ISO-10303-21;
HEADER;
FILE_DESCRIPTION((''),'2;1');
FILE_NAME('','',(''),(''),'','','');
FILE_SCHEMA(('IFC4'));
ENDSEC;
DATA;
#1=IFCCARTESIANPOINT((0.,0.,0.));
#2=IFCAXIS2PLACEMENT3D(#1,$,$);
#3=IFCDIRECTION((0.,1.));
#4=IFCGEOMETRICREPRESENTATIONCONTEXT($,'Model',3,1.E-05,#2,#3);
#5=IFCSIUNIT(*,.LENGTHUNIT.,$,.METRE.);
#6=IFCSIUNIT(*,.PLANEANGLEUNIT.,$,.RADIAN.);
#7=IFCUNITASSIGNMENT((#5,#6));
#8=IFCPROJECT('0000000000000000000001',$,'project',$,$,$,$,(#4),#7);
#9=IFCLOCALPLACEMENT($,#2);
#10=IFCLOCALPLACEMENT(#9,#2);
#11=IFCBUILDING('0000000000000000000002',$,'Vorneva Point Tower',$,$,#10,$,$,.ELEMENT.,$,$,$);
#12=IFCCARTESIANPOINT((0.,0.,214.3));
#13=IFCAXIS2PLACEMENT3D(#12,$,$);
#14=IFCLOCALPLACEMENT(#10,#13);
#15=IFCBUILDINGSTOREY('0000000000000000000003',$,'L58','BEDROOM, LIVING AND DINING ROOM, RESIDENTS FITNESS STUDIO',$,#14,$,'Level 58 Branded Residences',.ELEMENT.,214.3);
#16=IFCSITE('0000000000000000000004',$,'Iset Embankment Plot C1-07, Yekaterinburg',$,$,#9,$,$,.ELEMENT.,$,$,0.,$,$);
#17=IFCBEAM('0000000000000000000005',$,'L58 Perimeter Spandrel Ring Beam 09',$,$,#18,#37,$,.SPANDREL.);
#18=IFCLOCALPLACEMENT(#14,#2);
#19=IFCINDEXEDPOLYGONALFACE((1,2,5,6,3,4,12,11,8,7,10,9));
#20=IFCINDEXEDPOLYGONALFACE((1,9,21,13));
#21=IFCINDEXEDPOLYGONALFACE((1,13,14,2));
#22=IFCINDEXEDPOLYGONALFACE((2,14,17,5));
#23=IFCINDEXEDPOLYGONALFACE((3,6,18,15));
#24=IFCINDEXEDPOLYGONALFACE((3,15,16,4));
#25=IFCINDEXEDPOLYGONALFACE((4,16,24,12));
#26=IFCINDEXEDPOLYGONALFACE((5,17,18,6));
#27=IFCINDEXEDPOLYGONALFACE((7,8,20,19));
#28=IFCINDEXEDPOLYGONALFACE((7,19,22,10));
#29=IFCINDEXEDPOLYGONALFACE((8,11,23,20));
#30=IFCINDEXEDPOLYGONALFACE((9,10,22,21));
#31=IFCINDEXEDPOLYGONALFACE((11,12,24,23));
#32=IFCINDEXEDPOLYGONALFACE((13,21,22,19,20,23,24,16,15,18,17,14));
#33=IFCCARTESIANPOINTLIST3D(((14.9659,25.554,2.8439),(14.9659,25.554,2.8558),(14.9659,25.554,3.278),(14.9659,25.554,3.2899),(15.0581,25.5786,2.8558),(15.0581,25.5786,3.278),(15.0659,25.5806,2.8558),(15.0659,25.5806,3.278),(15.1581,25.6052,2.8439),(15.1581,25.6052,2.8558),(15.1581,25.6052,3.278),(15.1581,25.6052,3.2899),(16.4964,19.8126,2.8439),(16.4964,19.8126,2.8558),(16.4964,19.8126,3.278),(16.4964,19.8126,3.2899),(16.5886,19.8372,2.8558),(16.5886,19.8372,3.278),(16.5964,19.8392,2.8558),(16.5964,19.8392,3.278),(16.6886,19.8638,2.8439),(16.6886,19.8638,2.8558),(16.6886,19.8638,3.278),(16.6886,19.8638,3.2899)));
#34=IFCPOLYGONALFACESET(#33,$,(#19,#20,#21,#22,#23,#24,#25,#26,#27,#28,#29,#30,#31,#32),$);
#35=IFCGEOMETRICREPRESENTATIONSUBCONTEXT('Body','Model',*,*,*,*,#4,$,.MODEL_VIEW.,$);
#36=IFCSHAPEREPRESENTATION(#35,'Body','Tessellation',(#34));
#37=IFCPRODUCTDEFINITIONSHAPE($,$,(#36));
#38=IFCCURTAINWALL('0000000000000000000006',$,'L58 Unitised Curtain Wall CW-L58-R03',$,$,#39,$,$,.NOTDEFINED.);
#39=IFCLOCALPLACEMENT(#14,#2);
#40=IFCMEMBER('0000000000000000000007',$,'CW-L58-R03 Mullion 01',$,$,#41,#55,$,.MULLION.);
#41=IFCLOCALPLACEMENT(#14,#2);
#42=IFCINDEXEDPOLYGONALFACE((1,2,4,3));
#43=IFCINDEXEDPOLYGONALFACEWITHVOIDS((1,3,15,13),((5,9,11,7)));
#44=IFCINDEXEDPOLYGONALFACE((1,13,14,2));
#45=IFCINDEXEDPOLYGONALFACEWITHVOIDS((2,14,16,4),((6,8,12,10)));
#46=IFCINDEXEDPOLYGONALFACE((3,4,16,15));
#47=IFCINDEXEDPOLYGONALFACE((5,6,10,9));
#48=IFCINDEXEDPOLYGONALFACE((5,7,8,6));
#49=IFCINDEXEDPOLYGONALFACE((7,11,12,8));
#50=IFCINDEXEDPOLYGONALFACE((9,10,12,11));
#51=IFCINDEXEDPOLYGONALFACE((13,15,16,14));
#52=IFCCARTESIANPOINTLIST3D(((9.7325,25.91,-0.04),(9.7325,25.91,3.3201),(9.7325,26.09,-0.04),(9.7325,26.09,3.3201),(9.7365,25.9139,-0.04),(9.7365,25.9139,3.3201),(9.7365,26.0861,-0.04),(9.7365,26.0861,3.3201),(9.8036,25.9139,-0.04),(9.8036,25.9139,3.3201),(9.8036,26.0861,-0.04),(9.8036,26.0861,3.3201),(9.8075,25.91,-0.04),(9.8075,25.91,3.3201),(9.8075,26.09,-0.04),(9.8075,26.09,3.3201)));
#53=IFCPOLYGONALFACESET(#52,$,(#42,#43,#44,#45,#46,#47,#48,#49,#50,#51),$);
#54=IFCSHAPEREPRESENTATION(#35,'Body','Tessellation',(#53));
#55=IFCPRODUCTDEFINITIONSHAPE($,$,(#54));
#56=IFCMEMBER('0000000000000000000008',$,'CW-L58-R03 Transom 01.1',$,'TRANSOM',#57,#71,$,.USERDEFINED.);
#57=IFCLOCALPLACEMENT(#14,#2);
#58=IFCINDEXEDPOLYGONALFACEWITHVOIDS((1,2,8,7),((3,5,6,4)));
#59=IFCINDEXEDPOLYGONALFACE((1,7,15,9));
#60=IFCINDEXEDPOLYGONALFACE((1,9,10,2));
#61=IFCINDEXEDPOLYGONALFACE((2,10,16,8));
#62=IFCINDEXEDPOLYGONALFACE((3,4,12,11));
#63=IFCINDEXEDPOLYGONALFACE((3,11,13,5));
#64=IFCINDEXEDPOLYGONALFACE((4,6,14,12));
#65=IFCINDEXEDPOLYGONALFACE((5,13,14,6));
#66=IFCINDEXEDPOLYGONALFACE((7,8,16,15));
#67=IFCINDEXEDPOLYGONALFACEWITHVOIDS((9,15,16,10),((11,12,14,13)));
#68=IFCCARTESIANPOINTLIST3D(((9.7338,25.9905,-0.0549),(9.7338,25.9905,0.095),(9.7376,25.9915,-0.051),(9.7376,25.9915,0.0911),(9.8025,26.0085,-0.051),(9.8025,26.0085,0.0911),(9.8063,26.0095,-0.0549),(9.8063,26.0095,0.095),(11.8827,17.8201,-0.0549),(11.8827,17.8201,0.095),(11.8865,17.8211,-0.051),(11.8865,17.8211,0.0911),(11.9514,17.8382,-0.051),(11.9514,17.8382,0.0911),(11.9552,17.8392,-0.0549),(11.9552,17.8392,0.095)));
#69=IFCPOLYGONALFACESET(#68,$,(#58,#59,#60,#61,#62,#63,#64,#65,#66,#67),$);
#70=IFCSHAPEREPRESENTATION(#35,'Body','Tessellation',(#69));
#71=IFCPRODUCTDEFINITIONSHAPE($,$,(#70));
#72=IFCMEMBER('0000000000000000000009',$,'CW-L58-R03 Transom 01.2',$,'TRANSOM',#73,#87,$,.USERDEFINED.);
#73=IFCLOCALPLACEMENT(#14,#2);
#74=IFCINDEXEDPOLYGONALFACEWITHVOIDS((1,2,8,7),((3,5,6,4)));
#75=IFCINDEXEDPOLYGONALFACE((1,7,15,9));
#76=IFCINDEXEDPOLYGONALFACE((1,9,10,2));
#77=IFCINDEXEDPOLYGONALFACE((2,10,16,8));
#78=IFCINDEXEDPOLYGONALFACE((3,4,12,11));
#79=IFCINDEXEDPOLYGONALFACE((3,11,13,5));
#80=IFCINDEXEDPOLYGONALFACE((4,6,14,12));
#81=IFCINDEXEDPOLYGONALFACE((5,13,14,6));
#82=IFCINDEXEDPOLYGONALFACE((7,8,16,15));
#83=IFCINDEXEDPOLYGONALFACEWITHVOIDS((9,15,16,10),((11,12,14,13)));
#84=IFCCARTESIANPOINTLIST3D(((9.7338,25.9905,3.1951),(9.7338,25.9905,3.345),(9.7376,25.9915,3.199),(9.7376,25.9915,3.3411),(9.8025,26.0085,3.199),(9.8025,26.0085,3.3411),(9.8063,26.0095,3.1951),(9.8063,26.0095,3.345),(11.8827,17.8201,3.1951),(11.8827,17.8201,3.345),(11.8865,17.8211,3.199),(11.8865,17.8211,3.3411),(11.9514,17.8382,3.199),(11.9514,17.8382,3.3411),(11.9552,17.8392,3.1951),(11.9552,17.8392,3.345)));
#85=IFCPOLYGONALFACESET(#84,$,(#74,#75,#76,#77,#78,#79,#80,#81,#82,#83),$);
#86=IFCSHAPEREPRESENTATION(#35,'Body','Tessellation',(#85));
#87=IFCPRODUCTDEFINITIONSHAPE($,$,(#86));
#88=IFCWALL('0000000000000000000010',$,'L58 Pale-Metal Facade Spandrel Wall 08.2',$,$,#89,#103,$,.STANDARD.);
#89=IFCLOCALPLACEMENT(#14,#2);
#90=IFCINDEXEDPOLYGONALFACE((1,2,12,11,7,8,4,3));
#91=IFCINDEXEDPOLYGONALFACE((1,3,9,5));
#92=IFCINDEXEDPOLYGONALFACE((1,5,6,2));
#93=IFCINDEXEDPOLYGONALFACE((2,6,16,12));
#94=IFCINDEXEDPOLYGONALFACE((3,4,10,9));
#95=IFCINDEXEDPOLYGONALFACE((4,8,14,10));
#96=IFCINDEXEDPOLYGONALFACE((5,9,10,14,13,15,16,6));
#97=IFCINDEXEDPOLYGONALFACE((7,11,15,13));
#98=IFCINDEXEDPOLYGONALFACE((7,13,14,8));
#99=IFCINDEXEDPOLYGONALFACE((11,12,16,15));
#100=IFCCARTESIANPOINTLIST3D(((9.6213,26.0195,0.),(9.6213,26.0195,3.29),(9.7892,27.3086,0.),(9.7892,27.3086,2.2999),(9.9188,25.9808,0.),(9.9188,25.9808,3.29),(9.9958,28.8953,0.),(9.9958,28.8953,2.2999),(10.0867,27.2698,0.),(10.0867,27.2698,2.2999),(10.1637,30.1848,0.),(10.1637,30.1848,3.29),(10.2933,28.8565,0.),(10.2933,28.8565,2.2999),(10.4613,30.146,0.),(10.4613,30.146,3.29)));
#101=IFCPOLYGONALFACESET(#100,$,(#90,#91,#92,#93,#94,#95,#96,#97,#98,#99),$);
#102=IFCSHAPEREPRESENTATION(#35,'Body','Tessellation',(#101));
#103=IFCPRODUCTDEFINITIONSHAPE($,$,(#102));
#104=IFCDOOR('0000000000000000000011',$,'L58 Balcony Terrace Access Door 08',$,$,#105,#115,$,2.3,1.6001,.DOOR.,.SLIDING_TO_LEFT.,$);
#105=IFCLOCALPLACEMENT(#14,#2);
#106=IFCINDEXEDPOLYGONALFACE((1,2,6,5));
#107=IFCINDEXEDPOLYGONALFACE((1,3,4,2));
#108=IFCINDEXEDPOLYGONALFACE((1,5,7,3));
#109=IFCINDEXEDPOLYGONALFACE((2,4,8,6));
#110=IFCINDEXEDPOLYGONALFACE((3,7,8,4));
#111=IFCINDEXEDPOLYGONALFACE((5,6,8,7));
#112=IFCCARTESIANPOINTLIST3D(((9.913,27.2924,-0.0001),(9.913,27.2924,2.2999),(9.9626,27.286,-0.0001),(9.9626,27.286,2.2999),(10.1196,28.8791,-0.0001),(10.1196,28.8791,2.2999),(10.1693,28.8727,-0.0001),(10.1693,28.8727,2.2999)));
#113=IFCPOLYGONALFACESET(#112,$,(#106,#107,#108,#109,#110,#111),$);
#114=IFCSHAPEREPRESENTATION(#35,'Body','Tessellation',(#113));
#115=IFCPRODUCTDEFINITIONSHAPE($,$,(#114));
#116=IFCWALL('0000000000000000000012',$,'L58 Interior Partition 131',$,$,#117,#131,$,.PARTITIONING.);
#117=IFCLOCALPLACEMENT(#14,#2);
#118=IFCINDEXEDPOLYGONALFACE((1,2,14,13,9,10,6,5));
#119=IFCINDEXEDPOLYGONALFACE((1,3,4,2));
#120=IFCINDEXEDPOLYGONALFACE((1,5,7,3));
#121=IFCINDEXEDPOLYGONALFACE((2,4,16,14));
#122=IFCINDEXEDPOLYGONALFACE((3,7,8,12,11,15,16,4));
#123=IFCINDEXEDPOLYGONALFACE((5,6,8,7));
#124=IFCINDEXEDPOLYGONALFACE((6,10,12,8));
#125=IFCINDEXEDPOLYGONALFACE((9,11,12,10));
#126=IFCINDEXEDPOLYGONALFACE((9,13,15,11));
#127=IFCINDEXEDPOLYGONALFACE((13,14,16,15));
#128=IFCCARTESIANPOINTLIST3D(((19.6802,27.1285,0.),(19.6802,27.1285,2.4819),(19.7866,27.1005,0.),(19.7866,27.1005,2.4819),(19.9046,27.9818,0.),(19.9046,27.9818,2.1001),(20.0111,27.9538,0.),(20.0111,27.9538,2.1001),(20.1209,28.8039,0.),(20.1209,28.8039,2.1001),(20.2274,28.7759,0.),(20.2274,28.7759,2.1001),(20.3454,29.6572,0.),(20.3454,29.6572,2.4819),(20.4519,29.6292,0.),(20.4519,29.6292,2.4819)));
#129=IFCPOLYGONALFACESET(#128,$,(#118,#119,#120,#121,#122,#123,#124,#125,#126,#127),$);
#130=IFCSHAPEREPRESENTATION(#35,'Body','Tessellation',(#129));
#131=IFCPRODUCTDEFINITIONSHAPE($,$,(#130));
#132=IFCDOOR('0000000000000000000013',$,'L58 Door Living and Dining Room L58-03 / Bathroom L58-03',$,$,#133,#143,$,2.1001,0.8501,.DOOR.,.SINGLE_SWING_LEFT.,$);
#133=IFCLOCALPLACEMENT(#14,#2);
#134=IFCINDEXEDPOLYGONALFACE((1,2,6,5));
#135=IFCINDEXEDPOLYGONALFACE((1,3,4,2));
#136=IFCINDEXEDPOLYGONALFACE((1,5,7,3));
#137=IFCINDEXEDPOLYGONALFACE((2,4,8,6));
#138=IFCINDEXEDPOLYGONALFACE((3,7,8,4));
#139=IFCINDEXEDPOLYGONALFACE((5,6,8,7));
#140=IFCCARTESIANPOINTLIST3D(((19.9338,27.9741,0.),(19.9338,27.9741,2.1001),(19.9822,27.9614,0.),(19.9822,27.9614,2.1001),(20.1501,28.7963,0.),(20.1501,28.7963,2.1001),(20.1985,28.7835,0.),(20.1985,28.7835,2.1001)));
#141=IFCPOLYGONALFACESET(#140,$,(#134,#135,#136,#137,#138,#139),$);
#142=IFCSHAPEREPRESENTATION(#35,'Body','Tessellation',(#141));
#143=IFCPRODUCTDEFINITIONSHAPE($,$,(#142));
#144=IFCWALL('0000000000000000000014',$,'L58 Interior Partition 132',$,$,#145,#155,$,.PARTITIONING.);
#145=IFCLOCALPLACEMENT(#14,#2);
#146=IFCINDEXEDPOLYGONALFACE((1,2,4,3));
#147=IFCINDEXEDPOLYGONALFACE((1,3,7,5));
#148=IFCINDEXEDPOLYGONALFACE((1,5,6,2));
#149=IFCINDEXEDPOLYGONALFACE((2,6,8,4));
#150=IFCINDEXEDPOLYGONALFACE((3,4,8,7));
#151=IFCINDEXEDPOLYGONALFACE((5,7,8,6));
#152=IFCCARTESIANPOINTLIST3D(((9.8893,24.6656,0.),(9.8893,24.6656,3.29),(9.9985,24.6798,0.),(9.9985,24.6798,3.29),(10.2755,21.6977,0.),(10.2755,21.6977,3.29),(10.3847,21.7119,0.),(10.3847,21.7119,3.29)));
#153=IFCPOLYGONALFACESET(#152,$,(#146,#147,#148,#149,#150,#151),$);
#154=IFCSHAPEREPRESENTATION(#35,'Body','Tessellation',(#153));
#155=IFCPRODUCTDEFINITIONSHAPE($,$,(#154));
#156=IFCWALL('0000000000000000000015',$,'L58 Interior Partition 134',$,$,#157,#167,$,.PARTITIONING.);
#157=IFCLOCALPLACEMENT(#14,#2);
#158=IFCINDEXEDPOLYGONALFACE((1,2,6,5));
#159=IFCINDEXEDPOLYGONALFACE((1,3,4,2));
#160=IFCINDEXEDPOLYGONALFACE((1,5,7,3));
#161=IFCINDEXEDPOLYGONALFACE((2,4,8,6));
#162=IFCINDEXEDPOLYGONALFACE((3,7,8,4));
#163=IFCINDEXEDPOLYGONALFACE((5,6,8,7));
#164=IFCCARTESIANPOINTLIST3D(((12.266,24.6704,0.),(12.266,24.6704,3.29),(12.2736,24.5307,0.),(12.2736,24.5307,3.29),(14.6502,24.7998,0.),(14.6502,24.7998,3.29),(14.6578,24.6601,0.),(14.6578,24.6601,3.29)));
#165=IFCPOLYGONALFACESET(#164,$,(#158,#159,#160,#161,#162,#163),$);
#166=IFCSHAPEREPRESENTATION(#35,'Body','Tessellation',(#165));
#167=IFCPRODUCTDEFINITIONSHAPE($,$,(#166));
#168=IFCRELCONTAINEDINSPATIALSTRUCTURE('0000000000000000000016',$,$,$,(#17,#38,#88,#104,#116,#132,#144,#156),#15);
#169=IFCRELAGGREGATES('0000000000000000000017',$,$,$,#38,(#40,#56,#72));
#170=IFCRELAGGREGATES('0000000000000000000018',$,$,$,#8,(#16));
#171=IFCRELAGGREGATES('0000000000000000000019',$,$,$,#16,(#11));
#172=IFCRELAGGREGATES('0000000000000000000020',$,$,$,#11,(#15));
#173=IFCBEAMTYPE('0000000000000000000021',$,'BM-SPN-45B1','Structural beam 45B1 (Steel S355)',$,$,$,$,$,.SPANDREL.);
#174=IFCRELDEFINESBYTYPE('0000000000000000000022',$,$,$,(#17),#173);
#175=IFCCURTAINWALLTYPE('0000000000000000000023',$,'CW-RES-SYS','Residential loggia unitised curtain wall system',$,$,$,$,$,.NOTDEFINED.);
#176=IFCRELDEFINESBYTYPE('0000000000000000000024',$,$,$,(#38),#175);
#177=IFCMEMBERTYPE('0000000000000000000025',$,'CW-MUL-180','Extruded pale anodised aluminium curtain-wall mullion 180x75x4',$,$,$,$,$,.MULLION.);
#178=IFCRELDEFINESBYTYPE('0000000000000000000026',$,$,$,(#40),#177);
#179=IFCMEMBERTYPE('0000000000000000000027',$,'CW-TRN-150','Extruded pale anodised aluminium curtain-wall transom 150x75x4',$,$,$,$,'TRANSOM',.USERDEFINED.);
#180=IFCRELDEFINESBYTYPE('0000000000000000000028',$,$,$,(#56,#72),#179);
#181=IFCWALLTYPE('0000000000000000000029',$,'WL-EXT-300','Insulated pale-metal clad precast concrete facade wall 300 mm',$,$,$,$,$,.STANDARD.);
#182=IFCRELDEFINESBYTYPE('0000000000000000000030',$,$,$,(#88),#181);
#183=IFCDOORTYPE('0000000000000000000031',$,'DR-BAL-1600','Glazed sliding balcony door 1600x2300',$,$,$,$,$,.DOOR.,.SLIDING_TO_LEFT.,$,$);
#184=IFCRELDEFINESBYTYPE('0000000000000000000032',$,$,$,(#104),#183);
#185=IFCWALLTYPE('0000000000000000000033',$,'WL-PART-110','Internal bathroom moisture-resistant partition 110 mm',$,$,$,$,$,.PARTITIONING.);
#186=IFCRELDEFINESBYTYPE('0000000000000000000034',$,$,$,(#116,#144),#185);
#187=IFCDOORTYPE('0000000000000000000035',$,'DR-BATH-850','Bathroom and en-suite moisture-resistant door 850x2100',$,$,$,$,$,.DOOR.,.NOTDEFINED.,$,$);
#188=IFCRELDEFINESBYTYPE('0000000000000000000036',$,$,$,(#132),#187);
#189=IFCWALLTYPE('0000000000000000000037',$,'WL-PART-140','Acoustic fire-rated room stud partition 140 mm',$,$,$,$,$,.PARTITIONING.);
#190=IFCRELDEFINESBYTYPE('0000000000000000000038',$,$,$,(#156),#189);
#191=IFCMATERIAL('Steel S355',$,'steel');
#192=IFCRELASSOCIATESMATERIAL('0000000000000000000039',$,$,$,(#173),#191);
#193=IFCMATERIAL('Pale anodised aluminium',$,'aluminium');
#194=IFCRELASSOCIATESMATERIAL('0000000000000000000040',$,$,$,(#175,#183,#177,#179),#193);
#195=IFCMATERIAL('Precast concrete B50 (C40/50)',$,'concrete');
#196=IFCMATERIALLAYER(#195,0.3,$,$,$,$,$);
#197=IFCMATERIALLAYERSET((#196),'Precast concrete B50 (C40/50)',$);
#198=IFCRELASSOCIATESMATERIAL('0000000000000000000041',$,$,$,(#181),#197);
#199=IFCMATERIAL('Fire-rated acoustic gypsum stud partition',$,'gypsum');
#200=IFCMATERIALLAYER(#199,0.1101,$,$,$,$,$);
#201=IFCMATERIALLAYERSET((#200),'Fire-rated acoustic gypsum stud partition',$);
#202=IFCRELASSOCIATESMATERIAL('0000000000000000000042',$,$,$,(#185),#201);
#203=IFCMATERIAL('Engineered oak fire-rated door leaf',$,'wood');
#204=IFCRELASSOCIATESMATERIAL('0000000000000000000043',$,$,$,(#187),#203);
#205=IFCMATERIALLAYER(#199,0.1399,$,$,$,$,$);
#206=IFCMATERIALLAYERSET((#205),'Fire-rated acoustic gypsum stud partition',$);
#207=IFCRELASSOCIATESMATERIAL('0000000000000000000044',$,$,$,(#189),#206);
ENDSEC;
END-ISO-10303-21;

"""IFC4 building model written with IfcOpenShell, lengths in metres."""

from ifc_helpers import new_model, si_unit, direction, frame, frame_2d, origin, origin_2d, place, context, subcontext, project, spatial, rectangle, hollow_rectangle, i_section, extrude, material, layer, layer_set, material_profile, profile_set, type_object, element, fill, aggregate, save


model = new_model("IFC4")

# Units and contexts
model_context = context("Model", 3, precision=1e-05, world=origin(), true_north=direction((0.0, 1.0)))
body_context = subcontext(model_context, "Body", "Model", "MODEL_VIEW")
ifc_project = project(units=[si_unit("LENGTHUNIT", "METRE"), si_unit("PLANEANGLEUNIT", "RADIAN")], contexts=[model_context])

# Site, building, storey
site_placement = place(None, origin())
site = spatial("IfcSite", under=ifc_project, at=site_placement, Name="Iset Embankment Plot C1-07, Yekaterinburg", CompositionType="ELEMENT", RefElevation=0.0)
building_placement = place(site_placement, origin())
building = spatial("IfcBuilding", under=site, at=building_placement, Name="Vorneva Point Tower", CompositionType="ELEMENT")
storey_placement = place(building_placement, frame((0.0, 0.0, 214.3)))
storey = spatial("IfcBuildingStorey", under=building, at=storey_placement, Name="L58", Description="BEDROOM, LIVING AND DINING ROOM, RESIDENTS FITNESS STUDIO", LongName="Level 58 Branded Residences", CompositionType="ELEMENT", Elevation=214.3)

# Beam
ifc_material_1 = material(Name="Steel S355", Category="steel")
ifc_material_profile_1 = material_profile(ifc_material_1, i_section(OverallWidth=0.199, OverallDepth=0.446, WebThickness=0.0081, FlangeThickness=0.012, at=origin_2d()), Name="45B1")
ifc_profile_set_1 = profile_set([ifc_material_profile_1], Name="Steel S355")
beam_type_1 = type_object("IfcBeamType", Name="BM-SPN-45B1", Description="Structural beam 45B1 (Steel S355)", PredefinedType="SPANDREL", material=ifc_profile_set_1)
for number, where, z_axis, x_axis, name in (
    (1, (15.062, 25.5796, 3.0669), (0.257578, -0.966257, 0.0), (0.966257, 0.257578, 0.0), "L58 Perimeter Spandrel Ring Beam 09"),
):
    element("IfcBeam", number, at=place(storey_placement, frame(where, z_axis=z_axis, x_axis=x_axis)), inside=storey, type_object=beam_type_1, Name=name, PredefinedType="SPANDREL", context=body_context, shape_type="SweptSolid", body=[
        extrude(i_section(OverallWidth=0.199, OverallDepth=0.446, WebThickness=0.0081, FlangeThickness=0.012, at=origin_2d()), origin(), (0.0, 0.0, 1.0), 5.9419),
    ])

# Curtain wall, members
ifc_material_2 = material(Name="Pale anodised aluminium", Category="aluminium")
curtain_wall_type = type_object("IfcCurtainWallType", Name="CW-RES-SYS", Description="Residential loggia unitised curtain wall system", PredefinedType="NOTDEFINED", material=ifc_material_2)
curtain_wall_placement = place(storey_placement, origin())
curtain_wall = element("IfcCurtainWall", 2, at=curtain_wall_placement, inside=storey, type_object=curtain_wall_type, Name="L58 Unitised Curtain Wall CW-L58-R03", PredefinedType="NOTDEFINED")
ifc_material_profile_2 = material_profile(ifc_material_2, hollow_rectangle(XDim=0.075, YDim=0.1799, WallThickness=0.0039, at=origin_2d()), Name="AL-MUL 180x75x4")
ifc_profile_set_2 = profile_set([ifc_material_profile_2], Name="Pale anodised aluminium")
member_type_1 = type_object("IfcMemberType", Name="CW-MUL-180", Description="Extruded pale anodised aluminium curtain-wall mullion 180x75x4", PredefinedType="MULLION", material=ifc_profile_set_2)
member_1_placement = place(storey_placement, frame((9.77, 26.0, -0.04), z_axis=(0.0, 0.0, 1.0), x_axis=(1.0, 0.0, 0.0)))
member_1 = element("IfcMember", 3, at=member_1_placement, type_object=member_type_1, Name="CW-L58-R03 Mullion 01", PredefinedType="MULLION", context=body_context, shape_type="SweptSolid", body=[
    extrude(hollow_rectangle(XDim=0.075, YDim=0.1799, WallThickness=0.0039, at=origin_2d()), origin(), (0.0, 0.0, 1.0), 3.3601),
])
ifc_material_profile_3 = material_profile(ifc_material_2, hollow_rectangle(XDim=0.075, YDim=0.1499, WallThickness=0.0039, at=origin_2d()), Name="AL-TRN 150x75x4")
ifc_profile_set_3 = profile_set([ifc_material_profile_3], Name="Pale anodised aluminium")
member_type_2 = type_object("IfcMemberType", Name="CW-TRN-150", Description="Extruded pale anodised aluminium curtain-wall transom 150x75x4", ElementType="TRANSOM", PredefinedType="USERDEFINED", material=ifc_profile_set_3)
member_2_placement = place(storey_placement, frame((9.77, 26.0, 0.02), z_axis=(0.254362, -0.967109, 0.0), x_axis=(0.967109, 0.254362, 0.0)))
member_2 = element("IfcMember", 4, at=member_2_placement, type_object=member_type_2, Name="CW-L58-R03 Transom 01.1", ObjectType="TRANSOM", PredefinedType="USERDEFINED", context=body_context, shape_type="SweptSolid", body=[
    extrude(hollow_rectangle(XDim=0.075, YDim=0.1499, WallThickness=0.0039, at=origin_2d()), origin(), (0.0, 0.0, 1.0), 8.4482),
])
member_3_placement = place(storey_placement, frame((9.77, 26.0, 3.27), z_axis=(0.254362, -0.967109, 0.0), x_axis=(0.967109, 0.254362, 0.0)))
member_3 = element("IfcMember", 5, at=member_3_placement, type_object=member_type_2, Name="CW-L58-R03 Transom 01.2", ObjectType="TRANSOM", PredefinedType="USERDEFINED", context=body_context, shape_type="SweptSolid", body=[
    extrude(hollow_rectangle(XDim=0.075, YDim=0.1499, WallThickness=0.0039, at=origin_2d()), origin(), (0.0, 0.0, 1.0), 8.4482),
])
aggregate(curtain_wall, [member_1, member_2, member_3])

# Walls, openings, doors
ifc_material_3 = material(Name="Precast concrete B50 (C40/50)", Category="concrete")
ifc_layer_1 = layer(ifc_material_3, 0.3)
ifc_layer_set_1 = layer_set([ifc_layer_1], Name="Precast concrete B50 (C40/50)")
wall_type_1 = type_object("IfcWallType", Name="WL-EXT-300", Description="Insulated pale-metal clad precast concrete facade wall 300 mm", PredefinedType="STANDARD", material=ifc_layer_set_1)
wall_1_placement = place(storey_placement, frame((10.3125, 30.1653, 0.0), z_axis=(0.0, 0.0, 1.0), x_axis=(-0.129148, -0.991625, 0.0)))
wall_1 = element("IfcWall", 6, at=wall_1_placement, inside=storey, type_object=wall_type_1, Name="L58 Pale-Metal Facade Spandrel Wall 08.2", PredefinedType="STANDARD", context=body_context, shape_type="SweptSolid", body=[
    extrude(rectangle(XDim=4.2004, YDim=0.3, at=frame_2d((2.1001, 0.0))), origin(), (0.0, 0.0, 1.0), 3.29),
])
opening_1_placement = place(wall_1_placement, frame((1.3003, 0.0, 0.0)))
opening_1 = element("IfcOpeningElement", 7, at=opening_1_placement, cuts=wall_1, PredefinedType="OPENING", context=body_context, shape_type="SweptSolid", body=[
    extrude(rectangle(XDim=1.6001, YDim=2.3, at=frame_2d((0.8, 1.1499))), frame((0.0, 0.165, 0.0), z_axis=(0.0, -1.0, 0.0), x_axis=(1.0, 0.0, 0.0)), (0.0, 0.0, 1.0), 0.3298),
])
door_type_1 = type_object("IfcDoorType", Name="DR-BAL-1600", Description="Glazed sliding balcony door 1600x2300", OperationType="SLIDING_TO_LEFT", PredefinedType="DOOR", material=ifc_material_2)
door_1_placement = place(opening_1_placement, origin())
door_1 = element("IfcDoor", 8, at=door_1_placement, inside=storey, type_object=door_type_1, Name="L58 Balcony Terrace Access Door 08", OperationType="SLIDING_TO_LEFT", OverallHeight=2.3, OverallWidth=1.6001, PredefinedType="DOOR", context=body_context, shape_type="SweptSolid", body=[
    extrude(rectangle(XDim=1.6001, YDim=2.3, at=frame_2d((0.8, 1.1499))), frame((0.0, 0.0249, 0.0), z_axis=(0.0, -1.0, 0.0), x_axis=(1.0, 0.0, 0.0)), (0.0, 0.0, 1.0), 0.05),
])
fill(opening_1, door_1)
ifc_material_4 = material(Name="Fire-rated acoustic gypsum stud partition", Category="gypsum")
ifc_layer_2 = layer(ifc_material_4, 0.1101)
ifc_layer_set_2 = layer_set([ifc_layer_2], Name="Fire-rated acoustic gypsum stud partition")
wall_type_2 = type_object("IfcWallType", Name="WL-PART-110", Description="Internal bathroom moisture-resistant partition 110 mm", PredefinedType="PARTITIONING", material=ifc_layer_set_2)
wall_2_placement = place(storey_placement, frame((19.7334, 27.1145, 0.0), z_axis=(0.0, 0.0, 1.0), x_axis=(0.254424, 0.967093, 0.0)))
wall_2 = element("IfcWall", 9, at=wall_2_placement, inside=storey, type_object=wall_type_2, Name="L58 Interior Partition 131", PredefinedType="PARTITIONING", context=body_context, shape_type="SweptSolid", body=[
    extrude(rectangle(XDim=2.6147, YDim=0.1101, at=frame_2d((1.3074, 0.0))), origin(), (0.0, 0.0, 1.0), 2.4819),
])
opening_2_placement = place(wall_2_placement, frame((0.8823, 0.0, 0.0)))
opening_2 = element("IfcOpeningElement", 10, at=opening_2_placement, cuts=wall_2, PredefinedType="OPENING", context=body_context, shape_type="SweptSolid", body=[
    extrude(rectangle(XDim=0.8501, YDim=2.1001, at=frame_2d((0.425, 1.05))), frame((0.0, 0.0698, 0.0), z_axis=(0.0, -1.0, 0.0), x_axis=(1.0, 0.0, 0.0)), (0.0, 0.0, 1.0), 0.1399),
])
ifc_material_5 = material(Name="Engineered oak fire-rated door leaf", Category="wood")
door_type_2 = type_object("IfcDoorType", Name="DR-BATH-850", Description="Bathroom and en-suite moisture-resistant door 850x2100", OperationType="NOTDEFINED", PredefinedType="DOOR", material=ifc_material_5)
door_2_placement = place(opening_2_placement, origin())
door_2 = element("IfcDoor", 11, at=door_2_placement, inside=storey, type_object=door_type_2, Name="L58 Door Living and Dining Room L58-03 / Bathroom L58-03", OperationType="SINGLE_SWING_LEFT", OverallHeight=2.1001, OverallWidth=0.8501, PredefinedType="DOOR", context=body_context, shape_type="SweptSolid", body=[
    extrude(rectangle(XDim=0.8501, YDim=2.1001, at=frame_2d((0.425, 1.05))), frame((0.0, 0.0249, 0.0), z_axis=(0.0, -1.0, 0.0), x_axis=(1.0, 0.0, 0.0)), (0.0, 0.0, 1.0), 0.05),
])
fill(opening_2, door_2)

# Walls
wall_3_placement = place(storey_placement, frame((9.9438, 24.6729, 0.0), z_axis=(0.0, 0.0, 1.0), x_axis=(0.129053, -0.991638, 0.0)))
element("IfcWall", 12, at=wall_3_placement, inside=storey, type_object=wall_type_2, Name="L58 Interior Partition 132", PredefinedType="PARTITIONING", context=body_context, shape_type="SweptSolid", body=[
    extrude(rectangle(XDim=2.9929, YDim=0.1101, at=frame_2d((1.4966, 0.0))), origin(), (0.0, 0.0, 1.0), 3.29),
])
ifc_layer_3 = layer(ifc_material_4, 0.1399)
ifc_layer_set_3 = layer_set([ifc_layer_3], Name="Fire-rated acoustic gypsum stud partition")
wall_type_3 = type_object("IfcWallType", Name="WL-PART-140", Description="Acoustic fire-rated room stud partition 140 mm", PredefinedType="PARTITIONING", material=ifc_layer_set_3)
wall_4_placement = place(storey_placement, frame((12.2698, 24.6006, 0.0), z_axis=(0.0, 0.0, 1.0), x_axis=(0.998531, 0.05419, 0.0)))
element("IfcWall", 13, at=wall_4_placement, inside=storey, type_object=wall_type_3, Name="L58 Interior Partition 134", PredefinedType="PARTITIONING", context=body_context, shape_type="SweptSolid", body=[
    extrude(rectangle(XDim=2.3877, YDim=0.1399, at=frame_2d((1.1938, 0.0))), origin(), (0.0, 0.0, 1.0), 3.29),
])

save(model, "model.ifc")
